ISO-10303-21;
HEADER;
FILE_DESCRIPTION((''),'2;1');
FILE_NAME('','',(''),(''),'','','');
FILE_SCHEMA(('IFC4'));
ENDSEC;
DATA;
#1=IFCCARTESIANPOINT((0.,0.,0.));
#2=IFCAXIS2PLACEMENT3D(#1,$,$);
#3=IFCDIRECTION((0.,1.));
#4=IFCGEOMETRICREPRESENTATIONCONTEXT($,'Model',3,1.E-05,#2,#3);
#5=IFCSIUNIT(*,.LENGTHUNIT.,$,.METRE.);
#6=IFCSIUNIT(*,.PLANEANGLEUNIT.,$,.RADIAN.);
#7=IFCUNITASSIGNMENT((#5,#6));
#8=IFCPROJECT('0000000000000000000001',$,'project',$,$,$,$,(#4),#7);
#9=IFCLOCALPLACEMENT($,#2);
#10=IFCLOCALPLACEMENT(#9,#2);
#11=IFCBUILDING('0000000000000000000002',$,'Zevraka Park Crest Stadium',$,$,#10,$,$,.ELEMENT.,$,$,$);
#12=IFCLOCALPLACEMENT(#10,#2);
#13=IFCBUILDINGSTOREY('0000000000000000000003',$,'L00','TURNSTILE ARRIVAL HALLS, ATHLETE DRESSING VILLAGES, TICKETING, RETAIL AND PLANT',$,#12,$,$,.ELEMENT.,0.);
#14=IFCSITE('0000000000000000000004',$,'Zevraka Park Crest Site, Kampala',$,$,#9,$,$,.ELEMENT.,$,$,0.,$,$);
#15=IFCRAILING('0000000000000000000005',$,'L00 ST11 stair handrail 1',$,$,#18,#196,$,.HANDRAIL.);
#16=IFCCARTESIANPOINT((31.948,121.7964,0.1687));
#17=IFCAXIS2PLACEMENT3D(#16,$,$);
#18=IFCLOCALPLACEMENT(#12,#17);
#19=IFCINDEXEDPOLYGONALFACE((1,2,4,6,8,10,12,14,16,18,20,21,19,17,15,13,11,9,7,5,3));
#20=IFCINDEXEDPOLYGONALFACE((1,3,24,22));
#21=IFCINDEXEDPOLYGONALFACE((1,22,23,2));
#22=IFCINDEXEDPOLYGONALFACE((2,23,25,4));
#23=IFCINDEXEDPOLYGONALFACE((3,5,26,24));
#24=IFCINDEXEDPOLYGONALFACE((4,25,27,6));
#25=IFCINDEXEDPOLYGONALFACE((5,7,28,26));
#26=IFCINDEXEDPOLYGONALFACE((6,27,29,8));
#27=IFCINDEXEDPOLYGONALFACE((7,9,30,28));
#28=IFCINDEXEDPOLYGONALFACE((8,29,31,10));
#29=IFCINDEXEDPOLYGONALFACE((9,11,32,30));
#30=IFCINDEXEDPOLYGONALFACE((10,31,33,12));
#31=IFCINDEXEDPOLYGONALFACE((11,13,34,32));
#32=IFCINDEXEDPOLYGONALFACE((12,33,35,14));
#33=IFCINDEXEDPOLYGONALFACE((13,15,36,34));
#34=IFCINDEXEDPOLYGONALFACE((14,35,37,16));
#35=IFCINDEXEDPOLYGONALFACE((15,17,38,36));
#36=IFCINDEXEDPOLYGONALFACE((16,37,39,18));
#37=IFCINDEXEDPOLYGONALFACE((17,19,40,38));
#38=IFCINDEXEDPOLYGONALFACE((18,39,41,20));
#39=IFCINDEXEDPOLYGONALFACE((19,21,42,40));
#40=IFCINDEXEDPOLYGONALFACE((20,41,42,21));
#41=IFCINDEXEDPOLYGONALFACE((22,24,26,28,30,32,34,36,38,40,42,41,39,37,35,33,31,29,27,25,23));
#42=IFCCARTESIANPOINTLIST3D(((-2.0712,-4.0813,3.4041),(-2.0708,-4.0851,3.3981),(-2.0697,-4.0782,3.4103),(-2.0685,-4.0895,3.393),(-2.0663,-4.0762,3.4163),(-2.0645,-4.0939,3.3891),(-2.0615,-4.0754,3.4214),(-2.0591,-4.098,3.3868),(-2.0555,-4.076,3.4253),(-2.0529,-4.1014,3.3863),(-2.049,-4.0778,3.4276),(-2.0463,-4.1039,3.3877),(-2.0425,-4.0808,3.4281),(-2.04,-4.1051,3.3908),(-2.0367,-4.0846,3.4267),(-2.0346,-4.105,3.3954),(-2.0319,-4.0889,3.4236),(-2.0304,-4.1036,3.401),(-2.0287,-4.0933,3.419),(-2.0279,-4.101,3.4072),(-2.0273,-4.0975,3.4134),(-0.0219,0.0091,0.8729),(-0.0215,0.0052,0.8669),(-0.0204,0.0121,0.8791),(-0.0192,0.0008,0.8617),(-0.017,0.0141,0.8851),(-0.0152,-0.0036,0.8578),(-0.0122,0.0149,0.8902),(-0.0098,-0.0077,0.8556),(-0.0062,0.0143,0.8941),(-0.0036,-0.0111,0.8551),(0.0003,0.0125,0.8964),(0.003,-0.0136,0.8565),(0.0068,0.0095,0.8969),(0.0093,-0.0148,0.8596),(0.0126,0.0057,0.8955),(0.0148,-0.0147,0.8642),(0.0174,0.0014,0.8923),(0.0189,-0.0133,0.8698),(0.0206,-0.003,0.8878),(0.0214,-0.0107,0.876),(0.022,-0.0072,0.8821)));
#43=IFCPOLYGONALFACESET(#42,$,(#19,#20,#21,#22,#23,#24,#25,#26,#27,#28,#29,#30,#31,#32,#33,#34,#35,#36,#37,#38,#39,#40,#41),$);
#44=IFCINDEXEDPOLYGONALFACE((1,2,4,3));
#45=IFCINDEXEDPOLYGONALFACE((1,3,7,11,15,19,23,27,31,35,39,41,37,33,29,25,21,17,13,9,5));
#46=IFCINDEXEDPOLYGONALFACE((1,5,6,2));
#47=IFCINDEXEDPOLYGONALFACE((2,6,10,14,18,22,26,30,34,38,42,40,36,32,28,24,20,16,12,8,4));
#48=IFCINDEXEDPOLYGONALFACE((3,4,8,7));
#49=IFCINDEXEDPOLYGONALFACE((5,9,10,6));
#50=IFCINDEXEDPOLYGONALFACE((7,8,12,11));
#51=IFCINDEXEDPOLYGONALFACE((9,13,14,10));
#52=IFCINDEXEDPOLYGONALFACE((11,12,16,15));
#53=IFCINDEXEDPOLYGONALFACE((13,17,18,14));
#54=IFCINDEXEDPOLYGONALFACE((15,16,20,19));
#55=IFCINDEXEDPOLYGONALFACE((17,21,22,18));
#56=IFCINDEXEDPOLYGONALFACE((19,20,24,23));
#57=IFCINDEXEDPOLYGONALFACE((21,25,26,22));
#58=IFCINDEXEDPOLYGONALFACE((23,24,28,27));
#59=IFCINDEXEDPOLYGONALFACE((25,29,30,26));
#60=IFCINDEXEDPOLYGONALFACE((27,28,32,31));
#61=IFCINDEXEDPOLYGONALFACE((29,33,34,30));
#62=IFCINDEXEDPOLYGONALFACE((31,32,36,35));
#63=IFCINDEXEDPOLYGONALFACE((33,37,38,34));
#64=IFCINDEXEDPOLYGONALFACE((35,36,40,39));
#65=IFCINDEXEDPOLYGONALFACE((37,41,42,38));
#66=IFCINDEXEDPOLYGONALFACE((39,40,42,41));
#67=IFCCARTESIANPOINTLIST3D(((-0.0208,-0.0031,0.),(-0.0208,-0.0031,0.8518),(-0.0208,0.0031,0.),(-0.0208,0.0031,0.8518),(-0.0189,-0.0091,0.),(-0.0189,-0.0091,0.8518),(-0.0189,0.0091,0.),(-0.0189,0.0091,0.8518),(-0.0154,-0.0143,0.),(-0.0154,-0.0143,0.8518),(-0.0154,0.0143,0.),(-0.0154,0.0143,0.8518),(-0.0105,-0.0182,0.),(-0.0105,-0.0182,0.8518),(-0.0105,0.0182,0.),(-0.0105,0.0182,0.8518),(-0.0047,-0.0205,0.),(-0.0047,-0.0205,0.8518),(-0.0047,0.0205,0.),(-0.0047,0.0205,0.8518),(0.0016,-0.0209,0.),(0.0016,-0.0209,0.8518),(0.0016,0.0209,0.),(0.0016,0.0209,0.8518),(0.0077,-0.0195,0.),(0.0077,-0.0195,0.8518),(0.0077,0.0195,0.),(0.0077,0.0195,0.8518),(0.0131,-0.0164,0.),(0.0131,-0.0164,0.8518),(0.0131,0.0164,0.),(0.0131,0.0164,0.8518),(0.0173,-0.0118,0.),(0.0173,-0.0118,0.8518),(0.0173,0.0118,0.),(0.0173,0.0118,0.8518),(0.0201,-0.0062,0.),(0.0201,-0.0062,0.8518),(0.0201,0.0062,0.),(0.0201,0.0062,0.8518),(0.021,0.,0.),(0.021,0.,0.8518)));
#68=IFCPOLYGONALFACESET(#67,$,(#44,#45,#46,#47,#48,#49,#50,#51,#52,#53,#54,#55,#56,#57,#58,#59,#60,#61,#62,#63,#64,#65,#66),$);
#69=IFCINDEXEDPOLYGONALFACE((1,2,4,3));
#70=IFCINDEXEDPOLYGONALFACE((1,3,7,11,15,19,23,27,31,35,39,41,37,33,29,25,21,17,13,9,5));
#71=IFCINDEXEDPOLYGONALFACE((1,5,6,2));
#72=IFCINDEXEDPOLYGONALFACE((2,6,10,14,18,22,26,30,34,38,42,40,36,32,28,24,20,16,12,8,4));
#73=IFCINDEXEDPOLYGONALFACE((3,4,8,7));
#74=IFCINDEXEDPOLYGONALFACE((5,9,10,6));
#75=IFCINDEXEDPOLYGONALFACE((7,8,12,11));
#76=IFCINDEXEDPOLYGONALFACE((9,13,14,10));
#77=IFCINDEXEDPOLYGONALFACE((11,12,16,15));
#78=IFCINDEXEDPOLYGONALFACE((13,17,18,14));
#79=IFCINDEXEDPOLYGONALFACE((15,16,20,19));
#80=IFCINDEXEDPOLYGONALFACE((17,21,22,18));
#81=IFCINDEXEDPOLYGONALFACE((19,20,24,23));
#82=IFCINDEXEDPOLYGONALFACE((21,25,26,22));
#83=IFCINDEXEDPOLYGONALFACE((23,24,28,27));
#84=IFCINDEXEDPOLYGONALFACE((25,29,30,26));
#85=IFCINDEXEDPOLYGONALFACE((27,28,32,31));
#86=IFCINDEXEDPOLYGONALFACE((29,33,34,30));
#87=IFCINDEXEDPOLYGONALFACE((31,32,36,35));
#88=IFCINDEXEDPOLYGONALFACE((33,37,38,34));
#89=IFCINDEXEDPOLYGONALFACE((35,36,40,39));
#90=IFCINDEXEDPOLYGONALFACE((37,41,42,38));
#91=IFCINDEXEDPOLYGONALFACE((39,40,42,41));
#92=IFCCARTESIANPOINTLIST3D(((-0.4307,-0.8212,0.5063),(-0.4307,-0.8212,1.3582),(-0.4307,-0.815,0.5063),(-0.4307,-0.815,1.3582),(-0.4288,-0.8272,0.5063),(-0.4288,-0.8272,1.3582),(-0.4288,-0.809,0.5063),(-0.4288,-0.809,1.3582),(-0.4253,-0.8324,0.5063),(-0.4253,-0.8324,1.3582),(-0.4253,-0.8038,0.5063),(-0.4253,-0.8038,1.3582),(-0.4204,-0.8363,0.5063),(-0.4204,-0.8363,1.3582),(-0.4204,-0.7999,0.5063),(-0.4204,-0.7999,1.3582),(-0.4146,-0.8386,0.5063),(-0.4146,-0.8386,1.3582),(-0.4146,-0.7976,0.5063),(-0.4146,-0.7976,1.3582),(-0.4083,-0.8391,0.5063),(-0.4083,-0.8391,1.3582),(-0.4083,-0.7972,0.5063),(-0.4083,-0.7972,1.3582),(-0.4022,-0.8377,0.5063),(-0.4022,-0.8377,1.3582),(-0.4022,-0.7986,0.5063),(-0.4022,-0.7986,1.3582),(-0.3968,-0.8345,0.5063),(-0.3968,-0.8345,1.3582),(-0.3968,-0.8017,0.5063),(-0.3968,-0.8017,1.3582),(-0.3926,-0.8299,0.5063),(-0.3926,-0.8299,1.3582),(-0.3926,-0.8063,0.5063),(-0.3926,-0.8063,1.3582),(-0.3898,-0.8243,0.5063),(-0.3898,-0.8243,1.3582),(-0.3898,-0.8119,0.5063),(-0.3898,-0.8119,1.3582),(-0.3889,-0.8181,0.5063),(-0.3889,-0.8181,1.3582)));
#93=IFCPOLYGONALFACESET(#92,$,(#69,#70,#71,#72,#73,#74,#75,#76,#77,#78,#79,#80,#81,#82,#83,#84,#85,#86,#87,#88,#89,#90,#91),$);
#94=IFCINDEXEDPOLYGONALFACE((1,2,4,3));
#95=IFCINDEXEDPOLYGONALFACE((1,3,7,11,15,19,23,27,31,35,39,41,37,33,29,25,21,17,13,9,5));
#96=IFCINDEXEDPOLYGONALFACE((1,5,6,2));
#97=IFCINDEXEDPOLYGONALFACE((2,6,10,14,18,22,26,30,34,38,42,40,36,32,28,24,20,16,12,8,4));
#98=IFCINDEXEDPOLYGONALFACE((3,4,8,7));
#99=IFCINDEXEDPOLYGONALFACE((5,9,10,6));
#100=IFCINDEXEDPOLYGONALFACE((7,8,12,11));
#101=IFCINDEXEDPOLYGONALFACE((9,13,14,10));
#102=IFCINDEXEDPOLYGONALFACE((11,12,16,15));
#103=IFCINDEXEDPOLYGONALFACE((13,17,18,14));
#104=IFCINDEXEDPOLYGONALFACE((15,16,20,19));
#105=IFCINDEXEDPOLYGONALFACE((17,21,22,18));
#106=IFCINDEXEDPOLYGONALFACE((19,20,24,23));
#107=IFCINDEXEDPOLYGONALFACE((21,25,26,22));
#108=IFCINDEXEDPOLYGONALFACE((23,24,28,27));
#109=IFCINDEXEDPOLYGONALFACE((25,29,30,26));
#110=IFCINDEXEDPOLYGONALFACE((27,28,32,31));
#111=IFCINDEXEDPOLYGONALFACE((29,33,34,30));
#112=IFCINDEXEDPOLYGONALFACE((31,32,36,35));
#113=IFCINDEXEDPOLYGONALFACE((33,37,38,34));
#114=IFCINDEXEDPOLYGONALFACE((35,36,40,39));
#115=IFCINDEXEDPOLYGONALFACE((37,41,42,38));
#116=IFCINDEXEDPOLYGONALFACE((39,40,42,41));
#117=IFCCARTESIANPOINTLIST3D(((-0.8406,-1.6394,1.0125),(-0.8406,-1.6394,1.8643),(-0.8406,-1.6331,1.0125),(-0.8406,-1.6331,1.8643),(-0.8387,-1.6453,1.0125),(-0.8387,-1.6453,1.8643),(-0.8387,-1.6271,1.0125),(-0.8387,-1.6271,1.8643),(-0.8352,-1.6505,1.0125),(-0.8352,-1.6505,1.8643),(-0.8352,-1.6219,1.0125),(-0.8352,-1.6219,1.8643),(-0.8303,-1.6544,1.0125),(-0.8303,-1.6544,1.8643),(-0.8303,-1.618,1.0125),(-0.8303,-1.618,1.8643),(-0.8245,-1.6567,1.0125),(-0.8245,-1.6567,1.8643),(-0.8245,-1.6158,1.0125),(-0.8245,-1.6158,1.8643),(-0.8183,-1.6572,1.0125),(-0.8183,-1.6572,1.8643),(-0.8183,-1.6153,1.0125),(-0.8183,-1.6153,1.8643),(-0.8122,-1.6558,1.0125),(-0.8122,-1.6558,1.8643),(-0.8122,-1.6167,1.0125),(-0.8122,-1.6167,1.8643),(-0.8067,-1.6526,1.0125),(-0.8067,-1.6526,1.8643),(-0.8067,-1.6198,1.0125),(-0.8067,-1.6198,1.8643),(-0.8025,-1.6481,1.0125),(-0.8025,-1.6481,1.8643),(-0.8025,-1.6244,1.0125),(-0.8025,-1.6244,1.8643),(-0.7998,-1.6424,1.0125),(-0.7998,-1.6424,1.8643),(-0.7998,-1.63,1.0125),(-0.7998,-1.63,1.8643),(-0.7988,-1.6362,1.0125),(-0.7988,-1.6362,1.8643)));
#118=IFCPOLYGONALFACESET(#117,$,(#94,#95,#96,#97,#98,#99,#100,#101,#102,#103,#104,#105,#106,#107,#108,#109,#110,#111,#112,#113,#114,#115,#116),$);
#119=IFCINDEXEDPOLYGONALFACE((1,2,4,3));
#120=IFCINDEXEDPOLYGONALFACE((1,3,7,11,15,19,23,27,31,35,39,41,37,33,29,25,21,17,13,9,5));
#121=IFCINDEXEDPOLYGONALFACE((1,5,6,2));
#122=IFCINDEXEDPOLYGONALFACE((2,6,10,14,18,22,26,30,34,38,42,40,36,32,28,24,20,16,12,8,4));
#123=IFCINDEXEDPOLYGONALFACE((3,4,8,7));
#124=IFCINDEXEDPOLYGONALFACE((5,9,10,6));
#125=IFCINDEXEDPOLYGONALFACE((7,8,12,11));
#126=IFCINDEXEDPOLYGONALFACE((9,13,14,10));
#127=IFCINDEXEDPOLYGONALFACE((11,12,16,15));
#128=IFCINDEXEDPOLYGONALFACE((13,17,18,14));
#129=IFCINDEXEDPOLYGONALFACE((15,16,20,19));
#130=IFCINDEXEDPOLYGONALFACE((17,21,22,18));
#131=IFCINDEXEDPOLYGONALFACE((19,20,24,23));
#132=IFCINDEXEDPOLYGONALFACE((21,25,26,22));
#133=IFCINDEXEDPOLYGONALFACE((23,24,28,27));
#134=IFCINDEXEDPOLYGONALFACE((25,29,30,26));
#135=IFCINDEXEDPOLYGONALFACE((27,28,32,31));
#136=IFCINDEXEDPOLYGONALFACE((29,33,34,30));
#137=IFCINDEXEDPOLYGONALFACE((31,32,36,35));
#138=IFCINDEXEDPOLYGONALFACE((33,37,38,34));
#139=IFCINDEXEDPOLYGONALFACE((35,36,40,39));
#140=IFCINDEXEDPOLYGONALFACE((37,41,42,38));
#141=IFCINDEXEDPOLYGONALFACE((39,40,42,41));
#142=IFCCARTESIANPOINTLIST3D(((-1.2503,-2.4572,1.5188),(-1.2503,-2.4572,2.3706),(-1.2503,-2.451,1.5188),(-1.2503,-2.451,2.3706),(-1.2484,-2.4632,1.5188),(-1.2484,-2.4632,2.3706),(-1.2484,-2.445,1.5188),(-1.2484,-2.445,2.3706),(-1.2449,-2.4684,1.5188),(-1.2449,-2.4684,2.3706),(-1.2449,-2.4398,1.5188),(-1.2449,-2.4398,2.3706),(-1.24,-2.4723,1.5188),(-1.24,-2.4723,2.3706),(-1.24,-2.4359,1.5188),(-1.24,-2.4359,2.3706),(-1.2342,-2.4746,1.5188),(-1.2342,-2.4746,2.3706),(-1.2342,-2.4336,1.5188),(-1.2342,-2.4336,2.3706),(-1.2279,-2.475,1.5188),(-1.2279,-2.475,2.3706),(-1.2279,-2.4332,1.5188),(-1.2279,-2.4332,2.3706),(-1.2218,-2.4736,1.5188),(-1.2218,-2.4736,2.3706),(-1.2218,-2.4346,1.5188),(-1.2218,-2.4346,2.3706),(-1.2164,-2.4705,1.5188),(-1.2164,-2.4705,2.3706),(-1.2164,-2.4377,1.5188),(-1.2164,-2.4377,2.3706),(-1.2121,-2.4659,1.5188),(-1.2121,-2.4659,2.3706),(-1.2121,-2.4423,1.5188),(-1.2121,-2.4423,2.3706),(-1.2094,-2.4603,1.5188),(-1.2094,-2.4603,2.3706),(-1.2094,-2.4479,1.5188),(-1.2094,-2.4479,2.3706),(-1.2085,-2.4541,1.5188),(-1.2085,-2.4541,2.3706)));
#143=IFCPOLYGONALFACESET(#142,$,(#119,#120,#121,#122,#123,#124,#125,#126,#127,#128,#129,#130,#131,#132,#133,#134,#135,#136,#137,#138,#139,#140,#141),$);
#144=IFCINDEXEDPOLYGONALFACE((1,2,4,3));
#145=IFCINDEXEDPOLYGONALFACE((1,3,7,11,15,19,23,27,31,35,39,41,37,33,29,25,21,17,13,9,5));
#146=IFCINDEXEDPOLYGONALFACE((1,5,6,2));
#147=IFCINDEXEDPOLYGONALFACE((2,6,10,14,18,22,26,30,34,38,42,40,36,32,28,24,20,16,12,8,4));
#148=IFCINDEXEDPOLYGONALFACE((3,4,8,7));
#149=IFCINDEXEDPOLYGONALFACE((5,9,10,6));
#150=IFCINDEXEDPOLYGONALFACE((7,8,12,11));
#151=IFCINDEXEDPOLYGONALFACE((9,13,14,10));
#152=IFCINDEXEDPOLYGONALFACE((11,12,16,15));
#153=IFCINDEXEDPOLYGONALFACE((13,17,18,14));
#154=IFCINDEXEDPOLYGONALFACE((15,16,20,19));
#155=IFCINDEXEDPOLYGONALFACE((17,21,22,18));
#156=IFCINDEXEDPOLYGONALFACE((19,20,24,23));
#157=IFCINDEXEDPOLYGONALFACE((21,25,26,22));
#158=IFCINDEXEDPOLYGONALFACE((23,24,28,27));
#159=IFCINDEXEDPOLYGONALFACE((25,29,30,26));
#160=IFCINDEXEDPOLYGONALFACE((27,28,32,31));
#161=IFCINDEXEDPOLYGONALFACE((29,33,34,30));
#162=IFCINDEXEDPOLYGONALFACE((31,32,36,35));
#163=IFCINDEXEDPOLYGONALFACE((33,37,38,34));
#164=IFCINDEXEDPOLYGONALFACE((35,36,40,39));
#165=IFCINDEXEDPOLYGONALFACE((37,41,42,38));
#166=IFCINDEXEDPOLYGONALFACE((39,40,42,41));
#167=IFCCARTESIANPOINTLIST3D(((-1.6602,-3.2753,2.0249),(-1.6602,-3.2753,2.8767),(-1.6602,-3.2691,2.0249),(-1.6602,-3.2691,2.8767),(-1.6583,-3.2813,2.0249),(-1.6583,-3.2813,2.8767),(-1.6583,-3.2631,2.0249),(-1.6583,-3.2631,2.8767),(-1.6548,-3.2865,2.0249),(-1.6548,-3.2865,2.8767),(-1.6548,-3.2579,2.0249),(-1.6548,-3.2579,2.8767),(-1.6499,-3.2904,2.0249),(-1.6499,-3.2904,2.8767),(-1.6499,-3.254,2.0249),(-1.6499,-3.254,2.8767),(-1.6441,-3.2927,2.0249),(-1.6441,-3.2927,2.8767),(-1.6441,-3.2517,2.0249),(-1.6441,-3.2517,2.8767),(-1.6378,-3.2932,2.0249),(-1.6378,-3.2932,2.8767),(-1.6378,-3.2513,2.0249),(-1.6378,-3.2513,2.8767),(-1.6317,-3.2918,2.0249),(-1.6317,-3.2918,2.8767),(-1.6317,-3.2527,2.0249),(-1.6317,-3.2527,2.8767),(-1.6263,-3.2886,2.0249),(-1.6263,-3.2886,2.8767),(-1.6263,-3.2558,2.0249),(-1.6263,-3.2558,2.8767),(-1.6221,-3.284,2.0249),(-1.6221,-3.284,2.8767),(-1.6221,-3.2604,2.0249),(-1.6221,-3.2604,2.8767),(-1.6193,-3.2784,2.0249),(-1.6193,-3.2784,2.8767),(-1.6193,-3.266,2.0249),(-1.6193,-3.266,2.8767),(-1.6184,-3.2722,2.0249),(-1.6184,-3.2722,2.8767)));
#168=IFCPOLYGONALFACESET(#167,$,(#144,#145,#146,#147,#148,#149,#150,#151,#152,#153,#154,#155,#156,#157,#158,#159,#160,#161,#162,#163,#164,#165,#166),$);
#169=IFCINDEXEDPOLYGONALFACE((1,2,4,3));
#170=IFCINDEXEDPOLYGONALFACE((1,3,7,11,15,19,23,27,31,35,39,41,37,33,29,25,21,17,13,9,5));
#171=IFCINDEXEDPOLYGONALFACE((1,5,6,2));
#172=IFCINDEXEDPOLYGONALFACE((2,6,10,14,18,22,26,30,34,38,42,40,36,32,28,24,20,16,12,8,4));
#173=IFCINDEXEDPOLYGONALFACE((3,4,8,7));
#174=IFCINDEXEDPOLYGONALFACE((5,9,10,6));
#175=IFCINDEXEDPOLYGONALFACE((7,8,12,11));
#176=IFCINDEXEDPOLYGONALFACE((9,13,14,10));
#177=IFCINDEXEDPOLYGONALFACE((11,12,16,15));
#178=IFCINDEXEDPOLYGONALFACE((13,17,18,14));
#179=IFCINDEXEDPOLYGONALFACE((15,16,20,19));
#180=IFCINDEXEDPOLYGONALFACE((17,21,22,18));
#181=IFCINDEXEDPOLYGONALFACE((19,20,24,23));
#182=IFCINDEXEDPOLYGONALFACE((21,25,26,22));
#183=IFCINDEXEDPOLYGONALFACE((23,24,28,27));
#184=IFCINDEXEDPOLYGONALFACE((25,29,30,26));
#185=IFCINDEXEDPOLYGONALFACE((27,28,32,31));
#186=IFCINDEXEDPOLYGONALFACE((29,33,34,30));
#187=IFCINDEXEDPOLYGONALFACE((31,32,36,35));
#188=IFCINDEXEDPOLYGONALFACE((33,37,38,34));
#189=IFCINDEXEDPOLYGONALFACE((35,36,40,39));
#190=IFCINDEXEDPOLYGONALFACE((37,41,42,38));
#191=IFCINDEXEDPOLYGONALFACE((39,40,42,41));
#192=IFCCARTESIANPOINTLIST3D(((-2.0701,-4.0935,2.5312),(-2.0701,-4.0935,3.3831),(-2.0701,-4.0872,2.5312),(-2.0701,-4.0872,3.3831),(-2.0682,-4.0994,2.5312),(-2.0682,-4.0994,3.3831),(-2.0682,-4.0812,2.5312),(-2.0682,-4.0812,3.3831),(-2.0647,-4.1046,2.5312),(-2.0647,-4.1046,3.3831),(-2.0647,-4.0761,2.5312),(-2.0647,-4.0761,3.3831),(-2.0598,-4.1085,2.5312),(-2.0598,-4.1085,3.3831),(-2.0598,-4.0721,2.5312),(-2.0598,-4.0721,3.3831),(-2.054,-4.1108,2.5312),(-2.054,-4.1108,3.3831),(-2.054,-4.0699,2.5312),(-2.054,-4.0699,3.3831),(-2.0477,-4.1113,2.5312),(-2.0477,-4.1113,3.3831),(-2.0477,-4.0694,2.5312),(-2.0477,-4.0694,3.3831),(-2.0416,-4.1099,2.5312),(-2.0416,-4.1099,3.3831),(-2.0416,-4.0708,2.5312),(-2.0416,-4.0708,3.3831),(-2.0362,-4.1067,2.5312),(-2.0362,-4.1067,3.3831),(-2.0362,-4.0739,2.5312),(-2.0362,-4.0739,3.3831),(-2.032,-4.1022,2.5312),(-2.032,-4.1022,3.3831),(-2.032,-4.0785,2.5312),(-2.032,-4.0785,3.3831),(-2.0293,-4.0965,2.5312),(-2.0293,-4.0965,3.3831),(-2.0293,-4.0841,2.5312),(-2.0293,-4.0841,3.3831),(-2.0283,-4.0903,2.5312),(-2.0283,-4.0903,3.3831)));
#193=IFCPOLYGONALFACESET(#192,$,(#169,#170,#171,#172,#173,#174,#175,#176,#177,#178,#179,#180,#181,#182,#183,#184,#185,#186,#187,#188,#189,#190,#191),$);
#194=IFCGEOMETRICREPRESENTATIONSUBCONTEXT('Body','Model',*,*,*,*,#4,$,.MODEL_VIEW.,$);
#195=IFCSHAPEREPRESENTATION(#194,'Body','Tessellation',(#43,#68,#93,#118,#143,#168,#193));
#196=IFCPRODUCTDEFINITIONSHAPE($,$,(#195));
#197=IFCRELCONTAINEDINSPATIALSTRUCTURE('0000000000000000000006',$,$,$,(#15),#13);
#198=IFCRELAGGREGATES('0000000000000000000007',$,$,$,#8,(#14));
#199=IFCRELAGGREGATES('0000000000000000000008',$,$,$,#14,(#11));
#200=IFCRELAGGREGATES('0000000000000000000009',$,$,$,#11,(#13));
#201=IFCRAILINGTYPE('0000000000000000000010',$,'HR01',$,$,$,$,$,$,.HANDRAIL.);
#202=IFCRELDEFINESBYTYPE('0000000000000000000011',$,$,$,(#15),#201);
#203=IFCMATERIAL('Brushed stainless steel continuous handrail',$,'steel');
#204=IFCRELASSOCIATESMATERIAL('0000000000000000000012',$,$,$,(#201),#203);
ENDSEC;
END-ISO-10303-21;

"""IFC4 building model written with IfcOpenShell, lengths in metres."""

from ifc_helpers import new_model, si_unit, direction, frame, origin, origin_2d, place, context, subcontext, project, spatial, circle, extrude, material, type_object, element, save


model = new_model("IFC4")

# Units and contexts
model_context = context("Model", 3, precision=1e-05, world=origin(), true_north=direction((0.0, 1.0)))
body_context = subcontext(model_context, "Body", "Model", "MODEL_VIEW")
ifc_project = project(units=[si_unit("LENGTHUNIT", "METRE"), si_unit("PLANEANGLEUNIT", "RADIAN")], contexts=[model_context])

# Site, building, storey
site_placement = place(None, origin())
site = spatial("IfcSite", under=ifc_project, at=site_placement, Name="Zevraka Park Crest Site, Kampala", CompositionType="ELEMENT", RefElevation=0.0)
building_placement = place(site_placement, origin())
building = spatial("IfcBuilding", under=site, at=building_placement, Name="Zevraka Park Crest Stadium", CompositionType="ELEMENT")
storey_placement = place(building_placement, origin())
storey = spatial("IfcBuildingStorey", under=building, at=storey_placement, Name="L00", Description="TURNSTILE ARRIVAL HALLS, ATHLETE DRESSING VILLAGES, TICKETING, RETAIL AND PLANT", CompositionType="ELEMENT", Elevation=0.0)

# Railing
ifc_material_1 = material(Name="Brushed stainless steel continuous handrail", Category="steel")
railing_type_1 = type_object("IfcRailingType", Name="HR01", PredefinedType="HANDRAIL", material=ifc_material_1)
railing_1_placement = place(storey_placement, frame((31.948, 121.7964, 0.1687)))
element("IfcRailing", 1, at=railing_1_placement, inside=storey, type_object=railing_type_1, Name="L00 ST11 stair handrail 1", PredefinedType="HANDRAIL", context=body_context, shape_type="SweptSolid", body=[
    extrude(circle(Radius=0.0239, at=origin_2d()), frame((0.0, 0.0, 0.876), z_axis=(-0.391947, -0.782307, 0.484121), x_axis=(0.894064, -0.447939, 0.0)), (0.0, 0.0, 1.0), 5.2285),
    extrude(circle(Radius=0.021, at=origin_2d()), origin(), (0.0, 0.0, 1.0), 0.8518),
    extrude(circle(Radius=0.021, at=origin_2d()), frame((-0.4099, -0.8181, 0.5063)), (0.0, 0.0, 1.0), 0.8518),
    extrude(circle(Radius=0.021, at=origin_2d()), frame((-0.8198, -1.6362, 1.0125)), (0.0, 0.0, 1.0), 0.8518),
    extrude(circle(Radius=0.021, at=origin_2d()), frame((-1.2295, -2.4541, 1.5188)), (0.0, 0.0, 1.0), 0.8518),
    extrude(circle(Radius=0.021, at=origin_2d()), frame((-1.6394, -3.2722, 2.0249)), (0.0, 0.0, 1.0), 0.8518),
    extrude(circle(Radius=0.021, at=origin_2d()), frame((-2.0493, -4.0903, 2.5312)), (0.0, 0.0, 1.0), 0.8518),
])

save(model, "model.ifc")
